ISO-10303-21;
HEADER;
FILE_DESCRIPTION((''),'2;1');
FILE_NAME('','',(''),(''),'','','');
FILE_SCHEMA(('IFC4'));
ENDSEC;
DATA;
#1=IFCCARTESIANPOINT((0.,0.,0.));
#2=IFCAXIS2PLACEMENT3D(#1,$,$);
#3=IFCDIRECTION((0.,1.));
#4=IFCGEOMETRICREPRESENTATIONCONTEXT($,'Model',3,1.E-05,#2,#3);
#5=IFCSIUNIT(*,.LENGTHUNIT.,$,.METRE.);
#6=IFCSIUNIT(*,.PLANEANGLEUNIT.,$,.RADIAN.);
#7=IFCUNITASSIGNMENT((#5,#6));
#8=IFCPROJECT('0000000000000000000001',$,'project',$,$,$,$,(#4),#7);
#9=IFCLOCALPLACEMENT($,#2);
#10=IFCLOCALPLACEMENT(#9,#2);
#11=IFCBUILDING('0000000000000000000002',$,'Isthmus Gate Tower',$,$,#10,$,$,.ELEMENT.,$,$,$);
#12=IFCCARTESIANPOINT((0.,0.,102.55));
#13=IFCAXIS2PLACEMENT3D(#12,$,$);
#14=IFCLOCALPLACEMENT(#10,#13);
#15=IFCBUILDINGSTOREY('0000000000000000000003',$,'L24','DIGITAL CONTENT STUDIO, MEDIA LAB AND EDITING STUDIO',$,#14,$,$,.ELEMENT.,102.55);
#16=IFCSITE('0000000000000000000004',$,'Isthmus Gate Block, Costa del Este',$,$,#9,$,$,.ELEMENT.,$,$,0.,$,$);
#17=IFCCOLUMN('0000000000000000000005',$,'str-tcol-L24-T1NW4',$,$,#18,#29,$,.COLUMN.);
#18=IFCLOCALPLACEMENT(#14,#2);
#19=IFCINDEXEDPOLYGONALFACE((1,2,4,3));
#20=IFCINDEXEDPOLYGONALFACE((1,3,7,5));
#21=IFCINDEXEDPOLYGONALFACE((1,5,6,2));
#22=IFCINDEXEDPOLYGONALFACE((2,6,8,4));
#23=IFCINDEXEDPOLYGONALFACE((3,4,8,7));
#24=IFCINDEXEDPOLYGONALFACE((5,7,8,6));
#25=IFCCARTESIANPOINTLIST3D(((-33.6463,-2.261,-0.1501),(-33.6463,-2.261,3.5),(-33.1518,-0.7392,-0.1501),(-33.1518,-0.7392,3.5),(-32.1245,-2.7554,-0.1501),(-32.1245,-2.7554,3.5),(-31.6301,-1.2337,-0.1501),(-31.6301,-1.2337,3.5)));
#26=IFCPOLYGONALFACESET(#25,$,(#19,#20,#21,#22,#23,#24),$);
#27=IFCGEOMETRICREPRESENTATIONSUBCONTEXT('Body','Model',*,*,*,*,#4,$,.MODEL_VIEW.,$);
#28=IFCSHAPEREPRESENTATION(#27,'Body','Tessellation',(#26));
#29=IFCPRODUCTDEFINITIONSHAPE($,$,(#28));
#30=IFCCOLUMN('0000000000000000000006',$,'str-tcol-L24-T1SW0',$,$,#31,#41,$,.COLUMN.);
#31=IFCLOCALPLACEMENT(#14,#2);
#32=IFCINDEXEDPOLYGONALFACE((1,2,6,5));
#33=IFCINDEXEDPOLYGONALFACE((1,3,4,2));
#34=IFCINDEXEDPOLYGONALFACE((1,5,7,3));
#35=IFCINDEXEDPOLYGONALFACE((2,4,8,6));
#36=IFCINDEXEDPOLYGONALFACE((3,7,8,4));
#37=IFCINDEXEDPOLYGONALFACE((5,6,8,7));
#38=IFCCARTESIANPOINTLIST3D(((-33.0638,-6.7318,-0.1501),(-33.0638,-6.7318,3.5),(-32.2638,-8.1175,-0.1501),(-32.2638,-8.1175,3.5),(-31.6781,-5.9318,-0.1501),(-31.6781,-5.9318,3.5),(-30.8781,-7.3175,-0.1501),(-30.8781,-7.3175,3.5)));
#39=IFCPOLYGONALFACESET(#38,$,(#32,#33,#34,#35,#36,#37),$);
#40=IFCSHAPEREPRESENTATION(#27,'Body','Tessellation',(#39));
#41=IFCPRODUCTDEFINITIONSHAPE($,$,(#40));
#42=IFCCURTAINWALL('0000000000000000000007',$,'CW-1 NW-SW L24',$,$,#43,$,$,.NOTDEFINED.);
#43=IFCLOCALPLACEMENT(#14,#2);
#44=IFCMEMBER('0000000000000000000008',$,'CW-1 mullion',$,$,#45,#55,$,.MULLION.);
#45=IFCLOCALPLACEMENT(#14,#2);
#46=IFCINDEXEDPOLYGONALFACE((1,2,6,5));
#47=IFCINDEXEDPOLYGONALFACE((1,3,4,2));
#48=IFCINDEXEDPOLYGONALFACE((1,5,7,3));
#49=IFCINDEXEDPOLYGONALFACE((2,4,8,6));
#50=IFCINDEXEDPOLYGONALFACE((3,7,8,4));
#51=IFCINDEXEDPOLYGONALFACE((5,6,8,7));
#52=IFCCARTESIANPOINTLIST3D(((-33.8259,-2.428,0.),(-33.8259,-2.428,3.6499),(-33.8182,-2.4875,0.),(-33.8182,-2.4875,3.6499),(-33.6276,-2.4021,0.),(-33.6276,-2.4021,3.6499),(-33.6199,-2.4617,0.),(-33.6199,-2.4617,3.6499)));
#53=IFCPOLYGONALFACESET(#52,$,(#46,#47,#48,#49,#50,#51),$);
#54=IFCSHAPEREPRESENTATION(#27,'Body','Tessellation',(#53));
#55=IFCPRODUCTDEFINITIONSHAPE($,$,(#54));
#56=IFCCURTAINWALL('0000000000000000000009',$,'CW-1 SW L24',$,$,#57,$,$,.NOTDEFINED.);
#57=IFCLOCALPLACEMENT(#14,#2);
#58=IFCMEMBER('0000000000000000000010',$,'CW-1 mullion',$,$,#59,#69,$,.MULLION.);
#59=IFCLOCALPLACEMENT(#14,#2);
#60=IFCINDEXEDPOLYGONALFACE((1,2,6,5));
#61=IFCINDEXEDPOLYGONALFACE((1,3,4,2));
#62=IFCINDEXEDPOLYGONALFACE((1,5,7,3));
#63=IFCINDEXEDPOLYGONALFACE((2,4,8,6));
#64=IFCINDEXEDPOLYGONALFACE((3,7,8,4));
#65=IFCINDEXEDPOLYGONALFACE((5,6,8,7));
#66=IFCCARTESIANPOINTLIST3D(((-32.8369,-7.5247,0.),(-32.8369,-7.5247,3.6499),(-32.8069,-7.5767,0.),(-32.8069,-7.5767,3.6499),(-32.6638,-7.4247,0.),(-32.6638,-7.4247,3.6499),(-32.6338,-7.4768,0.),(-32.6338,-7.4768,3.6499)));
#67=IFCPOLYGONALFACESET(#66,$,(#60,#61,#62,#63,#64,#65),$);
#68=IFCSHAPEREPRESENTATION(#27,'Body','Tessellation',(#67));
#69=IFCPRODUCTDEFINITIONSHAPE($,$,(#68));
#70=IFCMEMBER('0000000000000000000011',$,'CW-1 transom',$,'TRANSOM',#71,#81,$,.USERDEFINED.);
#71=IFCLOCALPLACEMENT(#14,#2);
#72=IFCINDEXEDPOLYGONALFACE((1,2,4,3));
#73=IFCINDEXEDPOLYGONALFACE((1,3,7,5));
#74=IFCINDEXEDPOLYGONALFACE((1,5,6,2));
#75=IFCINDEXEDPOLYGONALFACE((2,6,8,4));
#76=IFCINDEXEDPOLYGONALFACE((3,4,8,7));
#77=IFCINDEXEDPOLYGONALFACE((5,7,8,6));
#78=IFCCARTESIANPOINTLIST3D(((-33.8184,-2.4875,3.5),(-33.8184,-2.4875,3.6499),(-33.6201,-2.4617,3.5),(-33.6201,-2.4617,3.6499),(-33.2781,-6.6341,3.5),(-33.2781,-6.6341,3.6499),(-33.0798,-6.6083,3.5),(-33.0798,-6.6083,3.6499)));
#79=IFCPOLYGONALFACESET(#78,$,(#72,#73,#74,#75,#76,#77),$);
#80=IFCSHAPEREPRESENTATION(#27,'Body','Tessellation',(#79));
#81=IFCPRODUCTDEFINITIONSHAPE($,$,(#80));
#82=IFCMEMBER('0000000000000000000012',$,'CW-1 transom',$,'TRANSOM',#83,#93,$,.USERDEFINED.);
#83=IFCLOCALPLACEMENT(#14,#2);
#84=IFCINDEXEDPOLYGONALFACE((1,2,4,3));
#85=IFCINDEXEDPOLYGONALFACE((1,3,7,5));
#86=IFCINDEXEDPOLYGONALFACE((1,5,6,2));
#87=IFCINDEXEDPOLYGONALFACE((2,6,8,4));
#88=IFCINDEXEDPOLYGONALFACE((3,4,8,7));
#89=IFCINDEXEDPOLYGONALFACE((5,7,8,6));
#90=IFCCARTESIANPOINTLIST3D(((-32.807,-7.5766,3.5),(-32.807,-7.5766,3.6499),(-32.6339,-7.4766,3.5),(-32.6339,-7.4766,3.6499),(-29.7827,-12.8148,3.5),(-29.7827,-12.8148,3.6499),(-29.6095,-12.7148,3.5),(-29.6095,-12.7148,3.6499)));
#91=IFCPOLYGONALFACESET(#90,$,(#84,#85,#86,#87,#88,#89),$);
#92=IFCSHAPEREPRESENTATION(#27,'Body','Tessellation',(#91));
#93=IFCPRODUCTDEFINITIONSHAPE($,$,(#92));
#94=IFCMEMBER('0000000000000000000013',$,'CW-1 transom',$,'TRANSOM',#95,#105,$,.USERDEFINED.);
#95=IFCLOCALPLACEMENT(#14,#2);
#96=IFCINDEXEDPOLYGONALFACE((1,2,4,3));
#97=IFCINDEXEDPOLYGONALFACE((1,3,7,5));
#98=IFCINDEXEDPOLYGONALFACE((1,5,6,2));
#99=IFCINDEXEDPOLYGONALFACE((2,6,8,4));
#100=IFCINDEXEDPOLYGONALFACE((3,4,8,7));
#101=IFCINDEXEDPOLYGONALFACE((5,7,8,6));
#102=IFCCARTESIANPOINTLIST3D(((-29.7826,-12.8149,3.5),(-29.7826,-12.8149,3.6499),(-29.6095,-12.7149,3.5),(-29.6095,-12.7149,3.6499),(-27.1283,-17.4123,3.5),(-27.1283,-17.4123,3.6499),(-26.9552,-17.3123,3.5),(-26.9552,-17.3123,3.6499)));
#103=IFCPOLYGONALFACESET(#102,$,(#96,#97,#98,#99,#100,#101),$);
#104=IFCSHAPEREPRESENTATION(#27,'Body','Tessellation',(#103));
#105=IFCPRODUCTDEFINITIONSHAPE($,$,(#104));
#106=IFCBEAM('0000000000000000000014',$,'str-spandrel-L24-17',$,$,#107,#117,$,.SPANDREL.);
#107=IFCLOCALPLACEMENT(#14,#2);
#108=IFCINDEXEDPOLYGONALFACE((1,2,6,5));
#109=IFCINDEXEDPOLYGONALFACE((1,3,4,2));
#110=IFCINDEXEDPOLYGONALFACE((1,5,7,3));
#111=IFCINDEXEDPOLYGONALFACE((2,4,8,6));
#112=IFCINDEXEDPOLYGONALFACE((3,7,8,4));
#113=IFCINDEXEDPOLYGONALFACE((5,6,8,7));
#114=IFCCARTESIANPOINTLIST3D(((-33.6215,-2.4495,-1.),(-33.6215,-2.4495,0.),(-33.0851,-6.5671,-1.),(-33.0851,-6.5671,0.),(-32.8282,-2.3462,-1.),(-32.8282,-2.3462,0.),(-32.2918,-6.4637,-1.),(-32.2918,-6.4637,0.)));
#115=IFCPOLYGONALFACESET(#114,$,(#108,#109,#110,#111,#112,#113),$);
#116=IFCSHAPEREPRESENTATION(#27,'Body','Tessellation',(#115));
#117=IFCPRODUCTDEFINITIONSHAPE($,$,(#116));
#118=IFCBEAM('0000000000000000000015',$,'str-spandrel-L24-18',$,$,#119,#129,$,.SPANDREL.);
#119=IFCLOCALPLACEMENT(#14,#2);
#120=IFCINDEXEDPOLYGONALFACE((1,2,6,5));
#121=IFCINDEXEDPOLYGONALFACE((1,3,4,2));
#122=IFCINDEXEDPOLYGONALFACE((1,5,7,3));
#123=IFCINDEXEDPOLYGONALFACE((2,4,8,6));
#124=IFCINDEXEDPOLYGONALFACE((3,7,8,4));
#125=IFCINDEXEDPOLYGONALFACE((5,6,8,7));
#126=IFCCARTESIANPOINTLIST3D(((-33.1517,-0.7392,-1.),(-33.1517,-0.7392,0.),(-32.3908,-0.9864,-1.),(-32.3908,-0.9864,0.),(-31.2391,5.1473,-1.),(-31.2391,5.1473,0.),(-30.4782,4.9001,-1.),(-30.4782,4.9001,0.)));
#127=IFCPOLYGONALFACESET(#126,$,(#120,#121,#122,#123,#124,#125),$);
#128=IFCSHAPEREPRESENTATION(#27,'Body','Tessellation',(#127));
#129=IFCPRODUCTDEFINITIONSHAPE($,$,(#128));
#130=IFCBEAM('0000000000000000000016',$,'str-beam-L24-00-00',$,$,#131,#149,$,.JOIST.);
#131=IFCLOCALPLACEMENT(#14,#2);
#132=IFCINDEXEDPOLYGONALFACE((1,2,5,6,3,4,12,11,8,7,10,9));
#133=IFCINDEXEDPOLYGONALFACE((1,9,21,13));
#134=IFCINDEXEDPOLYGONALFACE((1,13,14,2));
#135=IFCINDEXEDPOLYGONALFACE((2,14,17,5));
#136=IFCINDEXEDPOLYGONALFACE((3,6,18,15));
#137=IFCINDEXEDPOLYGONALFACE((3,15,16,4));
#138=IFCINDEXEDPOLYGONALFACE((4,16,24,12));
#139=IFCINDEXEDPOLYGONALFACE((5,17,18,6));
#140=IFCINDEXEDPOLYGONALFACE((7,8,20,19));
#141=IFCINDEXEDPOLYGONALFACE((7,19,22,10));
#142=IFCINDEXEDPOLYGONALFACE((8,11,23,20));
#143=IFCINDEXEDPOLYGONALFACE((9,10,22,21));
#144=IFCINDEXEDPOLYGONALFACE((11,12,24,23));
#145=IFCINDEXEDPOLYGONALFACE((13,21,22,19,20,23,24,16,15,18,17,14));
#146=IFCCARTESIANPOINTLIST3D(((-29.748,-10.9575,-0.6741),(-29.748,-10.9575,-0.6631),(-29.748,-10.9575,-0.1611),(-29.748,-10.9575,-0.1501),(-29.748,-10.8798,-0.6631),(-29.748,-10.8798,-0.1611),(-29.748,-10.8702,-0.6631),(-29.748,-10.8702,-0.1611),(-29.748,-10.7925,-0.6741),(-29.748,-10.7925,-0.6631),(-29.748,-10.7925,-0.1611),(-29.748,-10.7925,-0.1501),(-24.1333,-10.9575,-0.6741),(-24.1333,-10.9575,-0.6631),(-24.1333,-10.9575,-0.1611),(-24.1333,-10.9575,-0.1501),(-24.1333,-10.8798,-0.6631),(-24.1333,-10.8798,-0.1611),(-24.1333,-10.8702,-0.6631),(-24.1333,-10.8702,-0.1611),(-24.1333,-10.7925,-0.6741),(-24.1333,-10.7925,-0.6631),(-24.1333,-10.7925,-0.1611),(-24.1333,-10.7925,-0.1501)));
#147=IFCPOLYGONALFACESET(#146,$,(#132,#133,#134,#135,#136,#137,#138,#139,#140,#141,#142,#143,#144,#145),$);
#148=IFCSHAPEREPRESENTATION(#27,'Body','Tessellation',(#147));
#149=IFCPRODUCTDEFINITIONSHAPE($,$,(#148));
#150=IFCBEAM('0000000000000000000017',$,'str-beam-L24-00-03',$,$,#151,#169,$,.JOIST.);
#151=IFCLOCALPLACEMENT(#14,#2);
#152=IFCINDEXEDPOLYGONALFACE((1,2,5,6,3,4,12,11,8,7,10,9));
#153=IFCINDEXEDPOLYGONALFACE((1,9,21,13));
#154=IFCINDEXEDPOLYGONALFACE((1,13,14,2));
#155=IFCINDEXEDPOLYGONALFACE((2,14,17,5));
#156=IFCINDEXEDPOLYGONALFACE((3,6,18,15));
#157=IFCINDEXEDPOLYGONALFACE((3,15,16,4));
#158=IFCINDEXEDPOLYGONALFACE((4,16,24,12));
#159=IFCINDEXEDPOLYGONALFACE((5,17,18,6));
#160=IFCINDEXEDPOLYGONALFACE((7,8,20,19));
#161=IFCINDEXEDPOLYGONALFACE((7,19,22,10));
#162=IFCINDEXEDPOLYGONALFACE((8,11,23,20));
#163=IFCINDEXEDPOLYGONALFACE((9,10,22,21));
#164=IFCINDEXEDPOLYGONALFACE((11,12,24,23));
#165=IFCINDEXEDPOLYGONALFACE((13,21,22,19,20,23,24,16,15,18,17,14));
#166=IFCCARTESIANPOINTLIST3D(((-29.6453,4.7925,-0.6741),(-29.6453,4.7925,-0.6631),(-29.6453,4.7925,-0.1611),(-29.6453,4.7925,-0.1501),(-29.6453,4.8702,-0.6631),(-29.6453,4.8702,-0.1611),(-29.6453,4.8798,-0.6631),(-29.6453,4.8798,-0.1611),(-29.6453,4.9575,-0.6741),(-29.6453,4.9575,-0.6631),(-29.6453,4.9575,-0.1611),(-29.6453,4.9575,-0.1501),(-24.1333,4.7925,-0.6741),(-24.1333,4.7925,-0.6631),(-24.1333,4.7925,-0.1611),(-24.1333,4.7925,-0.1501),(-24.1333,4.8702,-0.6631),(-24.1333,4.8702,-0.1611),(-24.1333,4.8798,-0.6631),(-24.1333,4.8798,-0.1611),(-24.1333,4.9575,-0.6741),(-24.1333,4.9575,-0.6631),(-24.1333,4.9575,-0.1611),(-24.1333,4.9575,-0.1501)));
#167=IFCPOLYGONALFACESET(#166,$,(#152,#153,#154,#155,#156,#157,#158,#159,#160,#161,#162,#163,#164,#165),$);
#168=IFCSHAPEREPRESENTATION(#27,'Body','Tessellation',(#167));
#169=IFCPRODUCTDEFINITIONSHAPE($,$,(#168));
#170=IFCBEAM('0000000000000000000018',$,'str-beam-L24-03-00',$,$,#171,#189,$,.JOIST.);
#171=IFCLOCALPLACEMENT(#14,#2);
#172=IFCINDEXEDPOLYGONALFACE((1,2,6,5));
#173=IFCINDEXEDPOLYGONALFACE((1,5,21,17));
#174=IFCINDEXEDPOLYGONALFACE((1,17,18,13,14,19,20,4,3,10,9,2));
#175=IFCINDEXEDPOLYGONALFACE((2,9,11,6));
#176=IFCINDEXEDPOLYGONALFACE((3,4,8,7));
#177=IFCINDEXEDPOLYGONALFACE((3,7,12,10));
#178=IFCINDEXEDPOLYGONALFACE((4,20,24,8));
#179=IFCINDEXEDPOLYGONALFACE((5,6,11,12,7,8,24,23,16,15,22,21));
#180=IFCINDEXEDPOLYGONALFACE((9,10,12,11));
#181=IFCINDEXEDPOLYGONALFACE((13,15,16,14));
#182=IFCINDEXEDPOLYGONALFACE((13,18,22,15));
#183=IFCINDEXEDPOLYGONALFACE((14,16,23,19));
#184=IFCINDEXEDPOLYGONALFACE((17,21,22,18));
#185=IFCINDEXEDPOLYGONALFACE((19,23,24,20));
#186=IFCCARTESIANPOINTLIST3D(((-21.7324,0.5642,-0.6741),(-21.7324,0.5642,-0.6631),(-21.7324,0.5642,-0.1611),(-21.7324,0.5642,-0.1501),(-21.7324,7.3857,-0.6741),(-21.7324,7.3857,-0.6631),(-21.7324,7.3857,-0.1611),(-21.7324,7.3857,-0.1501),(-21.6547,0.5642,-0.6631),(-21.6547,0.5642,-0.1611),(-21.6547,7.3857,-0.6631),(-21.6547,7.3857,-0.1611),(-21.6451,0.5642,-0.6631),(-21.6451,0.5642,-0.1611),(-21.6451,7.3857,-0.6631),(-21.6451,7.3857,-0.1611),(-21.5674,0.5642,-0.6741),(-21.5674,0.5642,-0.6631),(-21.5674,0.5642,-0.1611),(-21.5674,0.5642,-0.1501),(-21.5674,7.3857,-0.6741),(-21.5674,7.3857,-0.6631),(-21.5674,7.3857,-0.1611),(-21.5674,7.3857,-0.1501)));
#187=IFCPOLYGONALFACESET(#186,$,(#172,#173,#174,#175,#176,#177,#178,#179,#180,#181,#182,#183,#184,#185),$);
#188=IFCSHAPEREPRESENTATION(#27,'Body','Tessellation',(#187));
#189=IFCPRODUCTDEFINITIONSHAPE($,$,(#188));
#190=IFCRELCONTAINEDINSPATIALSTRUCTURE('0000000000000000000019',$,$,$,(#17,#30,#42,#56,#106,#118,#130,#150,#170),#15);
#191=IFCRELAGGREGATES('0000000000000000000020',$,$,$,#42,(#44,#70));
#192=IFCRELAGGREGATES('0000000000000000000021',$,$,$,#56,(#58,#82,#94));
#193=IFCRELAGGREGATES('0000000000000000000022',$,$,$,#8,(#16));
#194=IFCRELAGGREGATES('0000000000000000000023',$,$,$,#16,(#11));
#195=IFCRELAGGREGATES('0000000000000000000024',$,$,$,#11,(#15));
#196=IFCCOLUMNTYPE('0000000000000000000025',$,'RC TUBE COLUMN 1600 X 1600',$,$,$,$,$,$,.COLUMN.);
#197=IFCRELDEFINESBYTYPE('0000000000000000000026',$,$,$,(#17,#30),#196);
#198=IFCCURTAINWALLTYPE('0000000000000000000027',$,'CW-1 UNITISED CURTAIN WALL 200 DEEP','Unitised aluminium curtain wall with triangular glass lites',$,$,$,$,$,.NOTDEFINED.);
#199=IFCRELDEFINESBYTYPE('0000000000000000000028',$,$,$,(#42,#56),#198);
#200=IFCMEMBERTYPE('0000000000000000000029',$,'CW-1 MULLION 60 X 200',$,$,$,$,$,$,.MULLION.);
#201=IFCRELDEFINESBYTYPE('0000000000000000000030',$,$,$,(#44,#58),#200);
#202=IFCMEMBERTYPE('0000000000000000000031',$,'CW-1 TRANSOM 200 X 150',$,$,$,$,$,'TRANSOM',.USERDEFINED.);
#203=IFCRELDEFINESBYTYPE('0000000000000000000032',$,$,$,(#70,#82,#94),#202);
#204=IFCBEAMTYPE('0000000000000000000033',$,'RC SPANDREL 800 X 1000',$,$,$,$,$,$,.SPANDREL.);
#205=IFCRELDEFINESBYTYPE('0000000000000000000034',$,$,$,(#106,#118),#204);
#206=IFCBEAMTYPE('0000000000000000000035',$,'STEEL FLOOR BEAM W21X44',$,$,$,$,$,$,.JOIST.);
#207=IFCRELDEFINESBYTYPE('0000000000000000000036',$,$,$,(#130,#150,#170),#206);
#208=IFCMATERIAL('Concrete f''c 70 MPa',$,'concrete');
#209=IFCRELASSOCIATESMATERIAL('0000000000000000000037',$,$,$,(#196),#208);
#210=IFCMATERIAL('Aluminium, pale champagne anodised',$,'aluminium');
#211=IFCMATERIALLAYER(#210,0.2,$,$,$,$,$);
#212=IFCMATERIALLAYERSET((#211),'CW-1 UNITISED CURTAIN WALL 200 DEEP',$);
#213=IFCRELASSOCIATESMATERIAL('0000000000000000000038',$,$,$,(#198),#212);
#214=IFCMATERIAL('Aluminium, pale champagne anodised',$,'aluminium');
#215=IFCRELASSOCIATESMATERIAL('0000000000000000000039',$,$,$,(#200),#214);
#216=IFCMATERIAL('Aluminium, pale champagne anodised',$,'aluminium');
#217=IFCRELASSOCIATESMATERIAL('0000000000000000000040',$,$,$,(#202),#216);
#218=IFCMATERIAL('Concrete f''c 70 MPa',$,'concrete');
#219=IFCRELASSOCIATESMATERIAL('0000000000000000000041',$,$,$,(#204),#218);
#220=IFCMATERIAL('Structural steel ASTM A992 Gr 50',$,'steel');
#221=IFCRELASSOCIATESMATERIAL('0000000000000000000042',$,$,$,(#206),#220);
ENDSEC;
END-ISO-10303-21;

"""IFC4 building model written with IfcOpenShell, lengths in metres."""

from ifc_helpers import new_model, si_unit, direction, frame, origin, origin_2d, place, context, subcontext, project, spatial, rectangle, i_section, extrude, material, layer, layer_set, material_profile, profile_set, type_object, element, aggregate, save


model = new_model("IFC4")

# Units and contexts
model_context = context("Model", 3, precision=1e-05, world=origin(), true_north=direction((0.0, 1.0)))
body_context = subcontext(model_context, "Body", "Model", "MODEL_VIEW")
ifc_project = project(units=[si_unit("LENGTHUNIT", "METRE"), si_unit("PLANEANGLEUNIT", "RADIAN")], contexts=[model_context])

# Site, building, storey
site_placement = place(None, origin())
site = spatial("IfcSite", under=ifc_project, at=site_placement, Name="Isthmus Gate Block, Costa del Este", CompositionType="ELEMENT", RefElevation=0.0)
building_placement = place(site_placement, origin())
building = spatial("IfcBuilding", under=site, at=building_placement, Name="Isthmus Gate Tower", CompositionType="ELEMENT")
storey_placement = place(building_placement, frame((0.0, 0.0, 102.55)))
storey = spatial("IfcBuildingStorey", under=building, at=storey_placement, Name="L24", Description="DIGITAL CONTENT STUDIO, MEDIA LAB AND EDITING STUDIO", CompositionType="ELEMENT", Elevation=102.55)

# Columns
ifc_material_1 = material(Name="Concrete f'c 70 MPa", Category="concrete")
ifc_material_profile_1 = material_profile(ifc_material_1, rectangle(XDim=1.6001, YDim=1.6001, at=origin_2d()), Name="RC 1600X1600")
ifc_profile_set_1 = profile_set([ifc_material_profile_1], Name="Concrete f'c 70 MPa")
column_type = type_object("IfcColumnType", Name="RC TUBE COLUMN 1600 X 1600", PredefinedType="COLUMN", material=ifc_profile_set_1)
for number, where, z_axis, x_axis, name in (
    (1, (-32.6382, -1.7473, -0.1501), (0.0, 0.0, 1.0), (-0.309017, -0.951057, 0.0), "str-tcol-L24-T1NW4"),
    (2, (-31.9709, -7.0247, -0.1501), (0.0, 0.0, 1.0), (0.5, -0.866025, 0.0), "str-tcol-L24-T1SW0"),
):
    element("IfcColumn", number, at=place(storey_placement, frame(where, z_axis=z_axis, x_axis=x_axis)), inside=storey, type_object=column_type, Name=name, PredefinedType="COLUMN", context=body_context, shape_type="SweptSolid", body=[
        extrude(rectangle(XDim=1.6001, YDim=1.6001, at=origin_2d()), origin(), (0.0, 0.0, 1.0), 3.6501),
    ])

# Curtain walls, members
ifc_material_2 = material(Name="Aluminium, pale champagne anodised", Category="aluminium")
ifc_layer_1 = layer(ifc_material_2, 0.2)
ifc_layer_set_1 = layer_set([ifc_layer_1], Name="CW-1 UNITISED CURTAIN WALL 200 DEEP")
curtain_wall_type = type_object("IfcCurtainWallType", Name="CW-1 UNITISED CURTAIN WALL 200 DEEP", Description="Unitised aluminium curtain wall with triangular glass lites", PredefinedType="NOTDEFINED", material=ifc_layer_set_1)
curtain_wall_1_placement = place(storey_placement, origin())
curtain_wall_1 = element("IfcCurtainWall", 3, at=curtain_wall_1_placement, inside=storey, type_object=curtain_wall_type, Name="CW-1 NW-SW L24", PredefinedType="NOTDEFINED")
ifc_material_3 = material(Name="Aluminium, pale champagne anodised", Category="aluminium")
ifc_material_profile_2 = material_profile(ifc_material_3, rectangle(XDim=0.0601, YDim=0.2, at=origin_2d()), Name="60x200")
ifc_profile_set_2 = profile_set([ifc_material_profile_2], Name="Aluminium, pale champagne anodised")
member_type_1 = type_object("IfcMemberType", Name="CW-1 MULLION 60 X 200", PredefinedType="MULLION", material=ifc_profile_set_2)
member_1_placement = place(storey_placement, frame((-33.7229, -2.4448, 0.0), z_axis=(0.0, 0.0, 1.0), x_axis=(0.129165, -0.991623, 0.0)))
member_1 = element("IfcMember", 4, at=member_1_placement, type_object=member_type_1, Name="CW-1 mullion", PredefinedType="MULLION", context=body_context, shape_type="SweptSolid", body=[
    extrude(rectangle(XDim=0.0601, YDim=0.2, at=origin_2d()), origin(), (0.0, 0.0, 1.0), 3.6499),
])
curtain_wall_2_placement = place(storey_placement, origin())
curtain_wall_2 = element("IfcCurtainWall", 5, at=curtain_wall_2_placement, inside=storey, type_object=curtain_wall_type, Name="CW-1 SW L24", PredefinedType="NOTDEFINED")
member_2_placement = place(storey_placement, frame((-32.7354, -7.5007, 0.0), z_axis=(0.0, 0.0, 1.0), x_axis=(0.5, -0.866025, 0.0)))
member_2 = element("IfcMember", 6, at=member_2_placement, type_object=member_type_1, Name="CW-1 mullion", PredefinedType="MULLION", context=body_context, shape_type="SweptSolid", body=[
    extrude(rectangle(XDim=0.0601, YDim=0.2, at=origin_2d()), origin(), (0.0, 0.0, 1.0), 3.6499),
])

# Members
ifc_material_4 = material(Name="Aluminium, pale champagne anodised", Category="aluminium")
ifc_material_profile_3 = material_profile(ifc_material_4, rectangle(XDim=0.2, YDim=0.1499, at=origin_2d()), Name="200x150")
ifc_profile_set_3 = profile_set([ifc_material_profile_3], Name="Aluminium, pale champagne anodised")
member_type_2 = type_object("IfcMemberType", Name="CW-1 TRANSOM 200 X 150", ElementType="TRANSOM", PredefinedType="USERDEFINED", material=ifc_profile_set_3)
member_3_placement = place(storey_placement, frame((-33.7192, -2.4746, 3.575), z_axis=(0.129207, -0.991618, 0.0), x_axis=(0.991618, 0.129207, 0.0)))
member_3 = element("IfcMember", 7, at=member_3_placement, type_object=member_type_2, Name="CW-1 transom", ObjectType="TRANSOM", PredefinedType="USERDEFINED", context=body_context, shape_type="SweptSolid", body=[
    extrude(rectangle(XDim=0.2, YDim=0.1499, at=origin_2d()), origin(), (0.0, 0.0, 1.0), 4.1816),
])
member_4_placement = place(storey_placement, frame((-32.7205, -7.5266, 3.575), z_axis=(0.500011, -0.866019, 0.0), x_axis=(0.866019, 0.500011, 0.0)))
member_4 = element("IfcMember", 8, at=member_4_placement, type_object=member_type_2, Name="CW-1 transom", ObjectType="TRANSOM", PredefinedType="USERDEFINED", context=body_context, shape_type="SweptSolid", body=[
    extrude(rectangle(XDim=0.2, YDim=0.1499, at=origin_2d()), origin(), (0.0, 0.0, 1.0), 6.0486),
])
member_5_placement = place(storey_placement, frame((-29.696, -12.7649, 3.575), z_axis=(0.499997, -0.866027, 0.0), x_axis=(0.866027, 0.499997, 0.0)))
member_5 = element("IfcMember", 9, at=member_5_placement, type_object=member_type_2, Name="CW-1 transom", ObjectType="TRANSOM", PredefinedType="USERDEFINED", context=body_context, shape_type="SweptSolid", body=[
    extrude(rectangle(XDim=0.2, YDim=0.1499, at=origin_2d()), origin(), (0.0, 0.0, 1.0), 5.3086),
])

# Beams
ifc_material_5 = material(Name="Concrete f'c 70 MPa", Category="concrete")
ifc_material_profile_4 = material_profile(ifc_material_5, rectangle(XDim=0.8, YDim=1.0, at=origin_2d()), Name="RC 800X1000")
ifc_profile_set_4 = profile_set([ifc_material_profile_4], Name="Concrete f'c 70 MPa")
beam_type_1 = type_object("IfcBeamType", Name="RC SPANDREL 800 X 1000", PredefinedType="SPANDREL", material=ifc_profile_set_4)
beam_1_placement = place(storey_placement, frame((-32.6885, -6.5154, -0.5), z_axis=(-0.129171, 0.991622, 0.0), x_axis=(-0.991622, -0.129171, 0.0)))
element("IfcBeam", 10, at=beam_1_placement, inside=storey, type_object=beam_type_1, Name="str-spandrel-L24-17", PredefinedType="SPANDREL", context=body_context, shape_type="SweptSolid", body=[
    extrude(rectangle(XDim=0.8, YDim=1.0, at=origin_2d()), origin(), (0.0, 0.0, 1.0), 4.1523),
])
beam_2_placement = place(storey_placement, frame((-32.7712, -0.8628, -0.5), z_axis=(0.309012, 0.951058, 0.0), x_axis=(-0.951058, 0.309012, 0.0)))
element("IfcBeam", 11, at=beam_2_placement, inside=storey, type_object=beam_type_1, Name="str-spandrel-L24-18", PredefinedType="SPANDREL", context=body_context, shape_type="SweptSolid", body=[
    extrude(rectangle(XDim=0.8, YDim=1.0, at=origin_2d()), origin(), (0.0, 0.0, 1.0), 6.1895),
])
ifc_material_6 = material(Name="Structural steel ASTM A992 Gr 50", Category="steel")
ifc_material_profile_5 = material_profile(ifc_material_6, i_section(OverallWidth=0.165, OverallDepth=0.5239, WebThickness=0.0095, FlangeThickness=0.011, at=origin_2d()), Name="W21X44")
ifc_profile_set_5 = profile_set([ifc_material_profile_5], Name="Structural steel ASTM A992 Gr 50")
beam_type_2 = type_object("IfcBeamType", Name="STEEL FLOOR BEAM W21X44", PredefinedType="JOIST", material=ifc_profile_set_5)
beam_3_placement = place(storey_placement, frame((-29.748, -10.875, -0.4121), z_axis=(1.0, 0.0, 0.0), x_axis=(0.0, 1.0, 0.0)))
element("IfcBeam", 12, at=beam_3_placement, inside=storey, type_object=beam_type_2, Name="str-beam-L24-00-00", PredefinedType="JOIST", context=body_context, shape_type="SweptSolid", body=[
    extrude(i_section(OverallWidth=0.165, OverallDepth=0.5239, WebThickness=0.0095, FlangeThickness=0.011, at=origin_2d()), origin(), (0.0, 0.0, 1.0), 5.6147),
])
beam_4_placement = place(storey_placement, frame((-29.6453, 4.875, -0.4121), z_axis=(1.0, 0.0, 0.0), x_axis=(0.0, 1.0, 0.0)))
element("IfcBeam", 13, at=beam_4_placement, inside=storey, type_object=beam_type_2, Name="str-beam-L24-00-03", PredefinedType="JOIST", context=body_context, shape_type="SweptSolid", body=[
    extrude(i_section(OverallWidth=0.165, OverallDepth=0.5239, WebThickness=0.0095, FlangeThickness=0.011, at=origin_2d()), origin(), (0.0, 0.0, 1.0), 5.512),
])
beam_5_placement = place(storey_placement, frame((-21.6499, 0.5642, -0.4121), z_axis=(0.0, 1.0, 0.0), x_axis=(-1.0, 0.0, 0.0)))
element("IfcBeam", 14, at=beam_5_placement, inside=storey, type_object=beam_type_2, Name="str-beam-L24-03-00", PredefinedType="JOIST", context=body_context, shape_type="SweptSolid", body=[
    extrude(i_section(OverallWidth=0.165, OverallDepth=0.5239, WebThickness=0.0095, FlangeThickness=0.011, at=origin_2d()), origin(), (0.0, 0.0, 1.0), 6.8215),
])

aggregate(curtain_wall_1, [member_1, member_3])
aggregate(curtain_wall_2, [member_2, member_4, member_5])

save(model, "model.ifc")
